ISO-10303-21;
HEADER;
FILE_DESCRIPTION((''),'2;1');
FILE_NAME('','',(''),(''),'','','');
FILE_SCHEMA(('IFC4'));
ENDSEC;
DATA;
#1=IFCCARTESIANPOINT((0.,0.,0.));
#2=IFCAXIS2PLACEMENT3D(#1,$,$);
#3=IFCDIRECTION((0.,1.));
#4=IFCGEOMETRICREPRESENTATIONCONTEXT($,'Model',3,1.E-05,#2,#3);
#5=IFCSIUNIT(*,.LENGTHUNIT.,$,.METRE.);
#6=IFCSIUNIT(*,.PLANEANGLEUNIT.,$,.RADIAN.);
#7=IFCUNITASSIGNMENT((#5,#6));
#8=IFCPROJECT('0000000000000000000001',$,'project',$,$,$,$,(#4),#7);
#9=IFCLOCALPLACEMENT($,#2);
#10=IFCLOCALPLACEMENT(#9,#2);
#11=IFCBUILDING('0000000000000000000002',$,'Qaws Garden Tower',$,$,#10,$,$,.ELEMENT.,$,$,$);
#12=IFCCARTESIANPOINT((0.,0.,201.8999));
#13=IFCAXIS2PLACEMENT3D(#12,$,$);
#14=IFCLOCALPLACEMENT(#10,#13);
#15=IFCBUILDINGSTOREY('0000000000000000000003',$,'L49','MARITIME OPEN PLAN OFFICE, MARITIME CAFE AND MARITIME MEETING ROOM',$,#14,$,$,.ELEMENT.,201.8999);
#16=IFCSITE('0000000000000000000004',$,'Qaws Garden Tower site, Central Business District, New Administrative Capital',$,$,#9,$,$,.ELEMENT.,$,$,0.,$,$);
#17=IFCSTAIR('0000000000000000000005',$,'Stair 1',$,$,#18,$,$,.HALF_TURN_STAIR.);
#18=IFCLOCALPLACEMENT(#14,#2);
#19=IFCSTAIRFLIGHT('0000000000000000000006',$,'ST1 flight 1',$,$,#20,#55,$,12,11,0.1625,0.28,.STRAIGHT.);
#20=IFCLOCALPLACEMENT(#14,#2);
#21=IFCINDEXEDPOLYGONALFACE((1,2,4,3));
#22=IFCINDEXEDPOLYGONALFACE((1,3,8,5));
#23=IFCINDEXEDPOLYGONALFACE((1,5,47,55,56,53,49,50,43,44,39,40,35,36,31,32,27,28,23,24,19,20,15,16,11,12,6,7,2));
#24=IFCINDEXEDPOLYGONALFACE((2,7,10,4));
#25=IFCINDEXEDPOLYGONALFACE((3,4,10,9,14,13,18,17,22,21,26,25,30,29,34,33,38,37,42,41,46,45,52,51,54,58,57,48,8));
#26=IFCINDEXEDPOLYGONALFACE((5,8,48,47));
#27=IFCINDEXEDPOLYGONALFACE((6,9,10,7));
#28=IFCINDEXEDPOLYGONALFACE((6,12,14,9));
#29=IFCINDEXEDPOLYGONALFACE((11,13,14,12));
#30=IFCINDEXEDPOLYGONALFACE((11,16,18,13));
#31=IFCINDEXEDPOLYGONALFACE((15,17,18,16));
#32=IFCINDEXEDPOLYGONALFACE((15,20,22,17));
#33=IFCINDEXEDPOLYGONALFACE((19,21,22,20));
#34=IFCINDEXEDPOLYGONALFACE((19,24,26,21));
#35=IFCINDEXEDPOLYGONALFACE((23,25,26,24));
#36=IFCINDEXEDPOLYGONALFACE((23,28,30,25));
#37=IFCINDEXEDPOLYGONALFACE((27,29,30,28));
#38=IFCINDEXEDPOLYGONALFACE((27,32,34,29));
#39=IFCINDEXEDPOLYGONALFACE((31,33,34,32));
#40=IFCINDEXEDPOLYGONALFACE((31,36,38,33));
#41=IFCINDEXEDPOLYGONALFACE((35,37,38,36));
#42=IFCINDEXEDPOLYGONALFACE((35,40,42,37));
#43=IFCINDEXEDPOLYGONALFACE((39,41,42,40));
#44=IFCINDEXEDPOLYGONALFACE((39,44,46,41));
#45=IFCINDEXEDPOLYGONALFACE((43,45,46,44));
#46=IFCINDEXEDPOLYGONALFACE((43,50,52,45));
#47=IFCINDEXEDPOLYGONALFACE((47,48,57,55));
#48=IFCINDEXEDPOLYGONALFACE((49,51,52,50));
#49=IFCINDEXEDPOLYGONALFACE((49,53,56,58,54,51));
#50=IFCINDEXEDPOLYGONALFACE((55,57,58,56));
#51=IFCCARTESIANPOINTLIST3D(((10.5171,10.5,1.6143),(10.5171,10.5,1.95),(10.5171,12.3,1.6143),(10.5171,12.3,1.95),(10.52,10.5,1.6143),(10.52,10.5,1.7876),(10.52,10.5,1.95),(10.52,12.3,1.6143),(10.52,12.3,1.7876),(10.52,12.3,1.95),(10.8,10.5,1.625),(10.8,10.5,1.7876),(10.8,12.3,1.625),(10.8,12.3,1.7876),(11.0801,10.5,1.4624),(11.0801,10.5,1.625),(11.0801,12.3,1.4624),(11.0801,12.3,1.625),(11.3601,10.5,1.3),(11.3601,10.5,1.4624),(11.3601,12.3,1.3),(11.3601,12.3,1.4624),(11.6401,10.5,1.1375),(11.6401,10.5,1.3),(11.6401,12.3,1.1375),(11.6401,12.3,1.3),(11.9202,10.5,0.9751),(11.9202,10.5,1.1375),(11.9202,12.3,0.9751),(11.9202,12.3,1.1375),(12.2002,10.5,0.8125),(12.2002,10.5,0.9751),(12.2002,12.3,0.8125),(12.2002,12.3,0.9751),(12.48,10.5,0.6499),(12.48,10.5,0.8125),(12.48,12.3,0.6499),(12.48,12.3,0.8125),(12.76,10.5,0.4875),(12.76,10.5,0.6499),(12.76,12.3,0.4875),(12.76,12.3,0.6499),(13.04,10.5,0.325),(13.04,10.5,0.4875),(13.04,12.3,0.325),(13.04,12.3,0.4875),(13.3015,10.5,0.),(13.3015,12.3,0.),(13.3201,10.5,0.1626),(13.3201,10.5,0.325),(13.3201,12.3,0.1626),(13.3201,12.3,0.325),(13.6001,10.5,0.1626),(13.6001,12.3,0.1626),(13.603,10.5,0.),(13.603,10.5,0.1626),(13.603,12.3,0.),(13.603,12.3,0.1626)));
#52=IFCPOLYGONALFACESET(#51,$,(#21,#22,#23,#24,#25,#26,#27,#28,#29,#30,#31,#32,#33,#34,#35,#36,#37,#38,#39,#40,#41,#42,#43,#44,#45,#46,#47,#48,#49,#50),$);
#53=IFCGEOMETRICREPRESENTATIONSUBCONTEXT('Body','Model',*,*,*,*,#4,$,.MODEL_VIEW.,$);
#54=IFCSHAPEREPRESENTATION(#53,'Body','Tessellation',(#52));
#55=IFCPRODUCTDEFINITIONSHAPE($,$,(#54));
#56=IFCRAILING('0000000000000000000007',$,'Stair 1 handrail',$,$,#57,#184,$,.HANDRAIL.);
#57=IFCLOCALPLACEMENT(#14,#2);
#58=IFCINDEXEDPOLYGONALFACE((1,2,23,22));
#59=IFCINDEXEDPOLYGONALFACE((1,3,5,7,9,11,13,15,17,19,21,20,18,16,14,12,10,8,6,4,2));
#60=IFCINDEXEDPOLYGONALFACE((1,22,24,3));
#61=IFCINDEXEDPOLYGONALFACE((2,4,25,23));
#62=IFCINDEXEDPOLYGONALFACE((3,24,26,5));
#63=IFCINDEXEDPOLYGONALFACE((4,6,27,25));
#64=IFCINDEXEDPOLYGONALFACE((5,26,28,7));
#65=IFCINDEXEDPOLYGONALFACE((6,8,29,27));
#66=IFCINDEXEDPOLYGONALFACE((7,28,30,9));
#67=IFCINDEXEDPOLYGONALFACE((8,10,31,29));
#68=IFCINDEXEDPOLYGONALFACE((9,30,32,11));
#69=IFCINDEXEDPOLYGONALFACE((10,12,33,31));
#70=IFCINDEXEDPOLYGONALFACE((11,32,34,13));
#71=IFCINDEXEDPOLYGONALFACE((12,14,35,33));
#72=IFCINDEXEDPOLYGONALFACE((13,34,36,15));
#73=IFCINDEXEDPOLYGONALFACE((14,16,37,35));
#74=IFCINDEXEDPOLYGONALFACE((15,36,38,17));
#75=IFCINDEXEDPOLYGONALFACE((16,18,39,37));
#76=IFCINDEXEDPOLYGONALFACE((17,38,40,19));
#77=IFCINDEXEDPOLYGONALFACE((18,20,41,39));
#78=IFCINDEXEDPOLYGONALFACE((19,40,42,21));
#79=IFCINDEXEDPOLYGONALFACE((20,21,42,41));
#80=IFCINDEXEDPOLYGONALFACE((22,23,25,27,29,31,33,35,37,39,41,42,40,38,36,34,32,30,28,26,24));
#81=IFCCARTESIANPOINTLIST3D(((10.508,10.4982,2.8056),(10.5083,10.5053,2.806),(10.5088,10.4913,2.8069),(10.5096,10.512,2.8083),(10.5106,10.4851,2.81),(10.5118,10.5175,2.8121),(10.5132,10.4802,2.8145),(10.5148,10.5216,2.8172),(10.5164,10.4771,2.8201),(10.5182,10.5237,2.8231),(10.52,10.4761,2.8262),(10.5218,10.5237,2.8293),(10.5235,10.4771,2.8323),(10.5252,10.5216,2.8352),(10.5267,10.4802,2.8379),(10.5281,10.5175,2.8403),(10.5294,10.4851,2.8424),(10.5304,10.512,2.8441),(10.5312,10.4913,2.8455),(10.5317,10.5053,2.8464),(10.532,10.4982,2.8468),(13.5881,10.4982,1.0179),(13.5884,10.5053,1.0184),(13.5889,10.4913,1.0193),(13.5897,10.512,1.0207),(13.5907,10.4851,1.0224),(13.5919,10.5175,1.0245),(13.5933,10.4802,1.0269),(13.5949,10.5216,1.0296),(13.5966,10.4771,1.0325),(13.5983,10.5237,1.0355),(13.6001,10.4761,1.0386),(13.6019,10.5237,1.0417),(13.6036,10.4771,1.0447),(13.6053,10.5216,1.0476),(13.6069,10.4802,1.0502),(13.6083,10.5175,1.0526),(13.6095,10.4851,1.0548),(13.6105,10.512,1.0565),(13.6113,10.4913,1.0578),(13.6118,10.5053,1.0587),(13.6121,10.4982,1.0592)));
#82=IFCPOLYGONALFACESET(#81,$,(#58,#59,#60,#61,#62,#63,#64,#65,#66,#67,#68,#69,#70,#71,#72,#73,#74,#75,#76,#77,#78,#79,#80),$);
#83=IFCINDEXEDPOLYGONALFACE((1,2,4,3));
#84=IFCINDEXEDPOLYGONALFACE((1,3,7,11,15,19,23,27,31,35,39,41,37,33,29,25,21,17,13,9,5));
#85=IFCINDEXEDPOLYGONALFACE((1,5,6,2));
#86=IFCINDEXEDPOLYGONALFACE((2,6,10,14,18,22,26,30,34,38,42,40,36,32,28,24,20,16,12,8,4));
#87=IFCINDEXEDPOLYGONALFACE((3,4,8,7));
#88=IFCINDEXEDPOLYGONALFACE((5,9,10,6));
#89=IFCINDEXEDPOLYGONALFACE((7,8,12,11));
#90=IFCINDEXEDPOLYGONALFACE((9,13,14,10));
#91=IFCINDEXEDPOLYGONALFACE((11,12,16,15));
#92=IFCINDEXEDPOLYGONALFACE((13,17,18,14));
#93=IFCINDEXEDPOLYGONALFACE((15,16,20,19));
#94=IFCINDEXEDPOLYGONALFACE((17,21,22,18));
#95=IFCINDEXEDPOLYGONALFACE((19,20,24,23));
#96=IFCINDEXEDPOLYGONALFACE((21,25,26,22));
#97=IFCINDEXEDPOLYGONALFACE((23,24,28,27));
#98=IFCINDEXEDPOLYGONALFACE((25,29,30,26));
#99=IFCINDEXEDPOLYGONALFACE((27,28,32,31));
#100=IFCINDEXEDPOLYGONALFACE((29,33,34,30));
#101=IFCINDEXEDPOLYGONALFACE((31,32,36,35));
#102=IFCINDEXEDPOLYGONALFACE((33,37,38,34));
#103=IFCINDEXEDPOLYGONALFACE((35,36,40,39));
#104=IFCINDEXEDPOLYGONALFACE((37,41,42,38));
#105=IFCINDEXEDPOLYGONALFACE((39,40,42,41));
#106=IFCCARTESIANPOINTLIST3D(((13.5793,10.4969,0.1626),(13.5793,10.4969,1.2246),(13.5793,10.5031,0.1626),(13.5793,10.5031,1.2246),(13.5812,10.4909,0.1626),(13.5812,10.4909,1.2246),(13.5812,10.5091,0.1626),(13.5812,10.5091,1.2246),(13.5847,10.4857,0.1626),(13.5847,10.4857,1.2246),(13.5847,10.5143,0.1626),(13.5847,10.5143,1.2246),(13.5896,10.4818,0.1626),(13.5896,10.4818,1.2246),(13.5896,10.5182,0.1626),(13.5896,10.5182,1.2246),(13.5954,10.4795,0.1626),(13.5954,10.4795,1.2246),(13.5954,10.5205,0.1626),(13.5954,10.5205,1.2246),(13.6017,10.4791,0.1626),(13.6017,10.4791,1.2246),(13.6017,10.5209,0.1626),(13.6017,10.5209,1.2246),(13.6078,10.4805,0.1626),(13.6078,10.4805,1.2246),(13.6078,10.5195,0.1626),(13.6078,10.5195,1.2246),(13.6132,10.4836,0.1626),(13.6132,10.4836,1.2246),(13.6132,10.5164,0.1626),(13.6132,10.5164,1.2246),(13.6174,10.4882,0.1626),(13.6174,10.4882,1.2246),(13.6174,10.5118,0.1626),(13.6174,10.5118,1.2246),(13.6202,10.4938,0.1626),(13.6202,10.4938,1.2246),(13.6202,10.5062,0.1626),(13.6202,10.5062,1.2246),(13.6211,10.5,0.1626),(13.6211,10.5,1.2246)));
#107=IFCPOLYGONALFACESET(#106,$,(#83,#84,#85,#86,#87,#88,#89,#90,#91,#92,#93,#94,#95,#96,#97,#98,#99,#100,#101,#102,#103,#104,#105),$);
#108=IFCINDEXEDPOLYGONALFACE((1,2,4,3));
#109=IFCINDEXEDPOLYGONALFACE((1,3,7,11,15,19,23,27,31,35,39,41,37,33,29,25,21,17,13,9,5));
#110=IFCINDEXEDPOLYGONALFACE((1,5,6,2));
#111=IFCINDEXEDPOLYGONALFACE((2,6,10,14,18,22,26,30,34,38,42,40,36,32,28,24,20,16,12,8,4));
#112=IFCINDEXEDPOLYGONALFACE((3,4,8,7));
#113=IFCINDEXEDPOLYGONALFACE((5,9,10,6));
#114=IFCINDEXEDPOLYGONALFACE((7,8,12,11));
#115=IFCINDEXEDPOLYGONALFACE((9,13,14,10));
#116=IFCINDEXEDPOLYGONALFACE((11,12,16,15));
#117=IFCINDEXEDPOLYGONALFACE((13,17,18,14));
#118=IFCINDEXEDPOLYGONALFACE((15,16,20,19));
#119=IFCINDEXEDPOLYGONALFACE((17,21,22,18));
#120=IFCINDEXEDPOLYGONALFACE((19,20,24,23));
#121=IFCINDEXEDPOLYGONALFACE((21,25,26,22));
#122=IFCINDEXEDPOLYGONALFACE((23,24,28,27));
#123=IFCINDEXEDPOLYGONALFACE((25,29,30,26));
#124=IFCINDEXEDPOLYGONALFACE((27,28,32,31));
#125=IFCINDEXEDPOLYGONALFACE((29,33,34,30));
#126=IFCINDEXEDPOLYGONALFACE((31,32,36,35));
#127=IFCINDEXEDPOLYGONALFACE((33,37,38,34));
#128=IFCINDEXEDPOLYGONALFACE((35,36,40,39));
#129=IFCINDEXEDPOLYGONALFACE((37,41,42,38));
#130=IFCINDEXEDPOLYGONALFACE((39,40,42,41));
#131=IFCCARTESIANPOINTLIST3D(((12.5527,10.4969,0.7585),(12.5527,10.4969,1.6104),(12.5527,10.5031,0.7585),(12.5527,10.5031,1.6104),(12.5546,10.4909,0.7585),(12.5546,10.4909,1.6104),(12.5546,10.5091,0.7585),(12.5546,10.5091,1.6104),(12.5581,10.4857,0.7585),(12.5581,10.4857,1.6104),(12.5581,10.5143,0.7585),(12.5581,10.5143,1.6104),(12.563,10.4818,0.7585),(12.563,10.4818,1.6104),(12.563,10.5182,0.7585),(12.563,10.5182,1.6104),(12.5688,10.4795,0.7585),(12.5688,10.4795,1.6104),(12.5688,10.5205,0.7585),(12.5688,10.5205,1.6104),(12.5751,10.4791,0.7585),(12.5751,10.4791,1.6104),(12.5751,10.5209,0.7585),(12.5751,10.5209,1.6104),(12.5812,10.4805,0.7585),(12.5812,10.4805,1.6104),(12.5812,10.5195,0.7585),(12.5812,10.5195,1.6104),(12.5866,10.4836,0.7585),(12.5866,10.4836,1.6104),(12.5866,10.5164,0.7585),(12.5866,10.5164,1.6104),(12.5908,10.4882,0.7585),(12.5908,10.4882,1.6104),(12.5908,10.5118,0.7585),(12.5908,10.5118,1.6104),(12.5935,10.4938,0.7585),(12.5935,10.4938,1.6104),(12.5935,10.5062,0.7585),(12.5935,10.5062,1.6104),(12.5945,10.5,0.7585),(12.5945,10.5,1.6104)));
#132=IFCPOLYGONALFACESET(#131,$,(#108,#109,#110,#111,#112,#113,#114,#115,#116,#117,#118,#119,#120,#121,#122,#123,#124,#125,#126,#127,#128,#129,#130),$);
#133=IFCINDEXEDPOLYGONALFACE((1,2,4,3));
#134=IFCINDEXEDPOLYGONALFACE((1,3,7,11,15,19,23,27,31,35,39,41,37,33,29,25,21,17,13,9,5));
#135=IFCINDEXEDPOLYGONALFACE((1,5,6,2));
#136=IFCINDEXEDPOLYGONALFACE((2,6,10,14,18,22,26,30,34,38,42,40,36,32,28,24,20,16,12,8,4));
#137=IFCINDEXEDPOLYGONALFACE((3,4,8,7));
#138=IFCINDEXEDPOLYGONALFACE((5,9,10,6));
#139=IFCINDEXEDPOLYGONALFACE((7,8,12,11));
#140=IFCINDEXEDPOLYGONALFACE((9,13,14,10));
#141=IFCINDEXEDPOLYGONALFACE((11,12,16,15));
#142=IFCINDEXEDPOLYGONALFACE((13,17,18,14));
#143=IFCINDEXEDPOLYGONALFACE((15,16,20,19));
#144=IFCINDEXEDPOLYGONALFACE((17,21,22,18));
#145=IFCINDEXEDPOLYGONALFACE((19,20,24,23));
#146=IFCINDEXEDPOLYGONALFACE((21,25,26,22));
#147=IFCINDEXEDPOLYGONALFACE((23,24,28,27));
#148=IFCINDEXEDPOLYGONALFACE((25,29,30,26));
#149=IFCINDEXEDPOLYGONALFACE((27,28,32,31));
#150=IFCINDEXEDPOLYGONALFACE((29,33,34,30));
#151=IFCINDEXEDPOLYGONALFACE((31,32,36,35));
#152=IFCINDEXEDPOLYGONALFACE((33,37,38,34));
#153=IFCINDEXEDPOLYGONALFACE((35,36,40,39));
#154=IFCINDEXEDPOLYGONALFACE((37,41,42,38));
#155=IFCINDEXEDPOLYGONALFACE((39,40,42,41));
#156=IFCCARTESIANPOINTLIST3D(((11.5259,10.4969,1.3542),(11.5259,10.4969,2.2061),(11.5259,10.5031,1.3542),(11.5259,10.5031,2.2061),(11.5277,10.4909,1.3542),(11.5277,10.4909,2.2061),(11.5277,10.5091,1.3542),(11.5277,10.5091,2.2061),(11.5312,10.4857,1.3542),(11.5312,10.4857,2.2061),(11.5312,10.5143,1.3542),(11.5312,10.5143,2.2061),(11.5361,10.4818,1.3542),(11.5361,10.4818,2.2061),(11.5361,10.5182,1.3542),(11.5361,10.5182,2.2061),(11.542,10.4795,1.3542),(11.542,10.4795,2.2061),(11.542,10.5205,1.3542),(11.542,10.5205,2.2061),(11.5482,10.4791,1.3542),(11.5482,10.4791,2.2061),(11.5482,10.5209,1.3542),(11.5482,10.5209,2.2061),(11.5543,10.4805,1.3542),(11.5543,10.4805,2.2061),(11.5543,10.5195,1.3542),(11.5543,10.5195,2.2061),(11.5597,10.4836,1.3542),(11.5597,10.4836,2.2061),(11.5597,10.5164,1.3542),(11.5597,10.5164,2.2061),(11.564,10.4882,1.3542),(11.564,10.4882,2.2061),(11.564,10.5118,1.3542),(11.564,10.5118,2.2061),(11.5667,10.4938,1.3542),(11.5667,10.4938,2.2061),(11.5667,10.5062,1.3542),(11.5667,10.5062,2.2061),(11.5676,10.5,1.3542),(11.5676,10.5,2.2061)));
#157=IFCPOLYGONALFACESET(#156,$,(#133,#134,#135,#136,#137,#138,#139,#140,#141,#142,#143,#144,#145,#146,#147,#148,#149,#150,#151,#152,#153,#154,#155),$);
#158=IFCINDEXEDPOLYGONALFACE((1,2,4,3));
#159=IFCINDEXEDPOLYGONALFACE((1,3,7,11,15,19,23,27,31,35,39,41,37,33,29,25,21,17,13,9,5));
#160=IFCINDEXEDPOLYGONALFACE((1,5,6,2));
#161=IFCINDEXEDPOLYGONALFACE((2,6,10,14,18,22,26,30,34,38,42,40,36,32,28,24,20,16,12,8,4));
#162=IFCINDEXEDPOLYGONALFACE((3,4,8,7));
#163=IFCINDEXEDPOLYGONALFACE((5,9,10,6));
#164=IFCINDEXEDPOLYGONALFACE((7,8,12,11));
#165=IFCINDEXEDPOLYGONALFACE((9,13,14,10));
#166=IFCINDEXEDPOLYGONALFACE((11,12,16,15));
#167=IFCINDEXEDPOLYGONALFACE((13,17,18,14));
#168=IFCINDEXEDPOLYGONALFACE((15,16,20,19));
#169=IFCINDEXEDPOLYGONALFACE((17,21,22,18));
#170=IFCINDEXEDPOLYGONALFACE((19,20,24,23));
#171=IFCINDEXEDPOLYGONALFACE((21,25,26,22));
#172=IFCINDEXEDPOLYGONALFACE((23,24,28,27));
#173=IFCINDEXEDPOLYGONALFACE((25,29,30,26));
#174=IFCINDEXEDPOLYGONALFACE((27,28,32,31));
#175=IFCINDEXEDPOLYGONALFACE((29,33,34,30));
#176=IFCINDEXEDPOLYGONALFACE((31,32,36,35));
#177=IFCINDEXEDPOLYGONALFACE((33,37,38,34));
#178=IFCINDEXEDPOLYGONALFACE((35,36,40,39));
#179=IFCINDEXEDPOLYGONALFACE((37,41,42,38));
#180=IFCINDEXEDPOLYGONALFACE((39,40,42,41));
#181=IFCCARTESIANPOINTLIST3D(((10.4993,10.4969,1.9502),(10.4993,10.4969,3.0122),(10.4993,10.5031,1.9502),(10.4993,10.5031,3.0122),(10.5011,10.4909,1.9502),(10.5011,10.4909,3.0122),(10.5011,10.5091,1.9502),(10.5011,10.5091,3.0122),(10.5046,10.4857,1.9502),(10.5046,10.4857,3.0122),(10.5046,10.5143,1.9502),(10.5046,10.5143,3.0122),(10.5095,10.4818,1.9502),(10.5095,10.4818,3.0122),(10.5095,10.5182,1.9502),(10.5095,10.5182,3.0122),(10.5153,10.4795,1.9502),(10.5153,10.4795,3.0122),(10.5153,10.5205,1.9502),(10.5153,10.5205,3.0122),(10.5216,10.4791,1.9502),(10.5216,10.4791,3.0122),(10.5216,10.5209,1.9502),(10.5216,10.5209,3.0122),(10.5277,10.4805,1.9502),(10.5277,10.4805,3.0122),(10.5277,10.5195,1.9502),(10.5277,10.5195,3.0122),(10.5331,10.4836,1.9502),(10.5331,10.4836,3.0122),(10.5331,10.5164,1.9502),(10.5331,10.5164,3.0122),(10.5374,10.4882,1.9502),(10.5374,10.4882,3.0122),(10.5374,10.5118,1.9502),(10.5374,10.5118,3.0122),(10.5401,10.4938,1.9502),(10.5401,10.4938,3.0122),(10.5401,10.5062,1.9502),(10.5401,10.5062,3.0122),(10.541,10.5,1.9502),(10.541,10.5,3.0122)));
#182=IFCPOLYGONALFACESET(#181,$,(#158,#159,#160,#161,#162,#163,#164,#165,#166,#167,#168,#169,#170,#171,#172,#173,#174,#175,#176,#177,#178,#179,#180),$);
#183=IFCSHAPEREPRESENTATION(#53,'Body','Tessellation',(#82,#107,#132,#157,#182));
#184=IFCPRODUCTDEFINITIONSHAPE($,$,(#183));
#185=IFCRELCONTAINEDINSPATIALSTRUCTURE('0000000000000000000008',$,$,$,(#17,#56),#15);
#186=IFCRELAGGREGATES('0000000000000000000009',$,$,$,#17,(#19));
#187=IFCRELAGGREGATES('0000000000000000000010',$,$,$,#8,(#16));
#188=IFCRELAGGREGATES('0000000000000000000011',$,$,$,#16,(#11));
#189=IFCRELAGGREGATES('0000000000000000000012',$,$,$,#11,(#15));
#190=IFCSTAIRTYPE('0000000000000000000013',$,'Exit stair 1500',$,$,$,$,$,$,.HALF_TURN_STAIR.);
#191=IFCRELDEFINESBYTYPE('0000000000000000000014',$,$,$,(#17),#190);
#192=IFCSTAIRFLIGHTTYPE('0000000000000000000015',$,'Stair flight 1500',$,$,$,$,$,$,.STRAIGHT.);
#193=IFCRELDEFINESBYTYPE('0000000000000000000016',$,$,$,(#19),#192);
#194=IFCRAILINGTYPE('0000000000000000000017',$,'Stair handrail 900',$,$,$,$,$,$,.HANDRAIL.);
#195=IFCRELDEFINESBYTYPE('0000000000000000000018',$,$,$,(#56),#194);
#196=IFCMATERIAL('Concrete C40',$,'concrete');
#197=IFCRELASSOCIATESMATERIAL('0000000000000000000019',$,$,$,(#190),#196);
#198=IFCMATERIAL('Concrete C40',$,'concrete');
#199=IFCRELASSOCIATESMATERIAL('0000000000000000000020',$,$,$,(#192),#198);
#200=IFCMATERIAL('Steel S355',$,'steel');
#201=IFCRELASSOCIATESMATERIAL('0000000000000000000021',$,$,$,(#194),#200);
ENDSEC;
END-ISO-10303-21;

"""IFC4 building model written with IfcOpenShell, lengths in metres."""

from ifc_helpers import new_model, si_unit, direction, frame, origin, origin_2d, place, context, subcontext, project, spatial, polyline, circle, outline, extrude, material, type_object, element, aggregate, save


model = new_model("IFC4")

# Units and contexts
model_context = context("Model", 3, precision=1e-05, world=origin(), true_north=direction((0.0, 1.0)))
body_context = subcontext(model_context, "Body", "Model", "MODEL_VIEW")
ifc_project = project(units=[si_unit("LENGTHUNIT", "METRE"), si_unit("PLANEANGLEUNIT", "RADIAN")], contexts=[model_context])

# Site, building, storey
site_placement = place(None, origin())
site = spatial("IfcSite", under=ifc_project, at=site_placement, Name="Qaws Garden Tower site, Central Business District, New Administrative Capital", CompositionType="ELEMENT", RefElevation=0.0)
building_placement = place(site_placement, origin())
building = spatial("IfcBuilding", under=site, at=building_placement, Name="Qaws Garden Tower", CompositionType="ELEMENT")
storey_placement = place(building_placement, frame((0.0, 0.0, 201.8999)))
storey = spatial("IfcBuildingStorey", under=building, at=storey_placement, Name="L49", Description="MARITIME OPEN PLAN OFFICE, MARITIME CAFE AND MARITIME MEETING ROOM", CompositionType="ELEMENT", Elevation=201.8999)

# Stair, stair flight
ifc_material_1 = material(Name="Concrete C40", Category="concrete")
stair_type = type_object("IfcStairType", Name="Exit stair 1500", PredefinedType="HALF_TURN_STAIR", material=ifc_material_1)
stair_placement = place(storey_placement, origin())
stair = element("IfcStair", 1, at=stair_placement, inside=storey, type_object=stair_type, Name="Stair 1", PredefinedType="HALF_TURN_STAIR")
ifc_material_2 = material(Name="Concrete C40", Category="concrete")
stair_flight_type = type_object("IfcStairFlightType", Name="Stair flight 1500", PredefinedType="STRAIGHT", material=ifc_material_2)
stair_flight_placement = place(storey_placement, frame((13.6001, 11.3999, 0.0), z_axis=(0.0, 0.0, 1.0), x_axis=(-1.0, 0.0, 0.0)))
stair_flight = element("IfcStairFlight", 2, at=stair_flight_placement, type_object=stair_flight_type, Name="ST1 flight 1", NumberOfRisers=12, NumberOfTreads=11, PredefinedType="STRAIGHT", RiserHeight=0.1625, TreadLength=0.28, context=body_context, shape_type="SweptSolid", body=[
    extrude(outline(polyline([(-0.0029, 0.0), (-0.0029, 0.1626), (0.0, 0.1626), (0.28, 0.1626), (0.28, 0.325), (0.5601, 0.325), (0.5601, 0.4875), (0.8401, 0.4875), (0.8401, 0.6499), (1.1201, 0.6499), (1.1201, 0.8125), (1.3999, 0.8125), (1.3999, 0.9751), (1.6799, 0.9751), (1.6799, 1.1375), (1.96, 1.1375), (1.96, 1.3), (2.24, 1.3), (2.24, 1.4624), (2.52, 1.4624), (2.52, 1.625), (2.8, 1.625), (2.8, 1.7876), (3.0801, 1.7876), (3.0801, 1.95), (3.083, 1.95), (3.083, 1.6143), (3.0801, 1.6143), (0.2986, 0.0), (-0.0029, 0.0)])), frame((0.0, 0.8999, 0.0), z_axis=(0.0, -1.0, 0.0), x_axis=(1.0, 0.0, 0.0)), (0.0, 0.0, 1.0), 1.8),
])
aggregate(stair, [stair_flight])

# Railing
ifc_material_3 = material(Name="Steel S355", Category="steel")
railing_type = type_object("IfcRailingType", Name="Stair handrail 900", PredefinedType="HANDRAIL", material=ifc_material_3)
railing_1_placement = place(storey_placement, frame((13.6001, 10.5, 0.1626)))
element("IfcRailing", 3, at=railing_1_placement, inside=storey, type_object=railing_type, Name="Stair 1 handrail", PredefinedType="HANDRAIL", context=body_context, shape_type="SweptSolid", body=[
    extrude(circle(Radius=0.0239, at=origin_2d()), frame((0.0, 0.0, 0.876), z_axis=(-0.864891, 0.0, 0.50196), x_axis=(0.0, -1.0, 0.0)), (0.0, 0.0, 1.0), 3.5613),
    extrude(circle(Radius=0.021, at=origin_2d()), origin(), (0.0, 0.0, 1.0), 1.062),
    extrude(circle(Radius=0.021, at=origin_2d()), frame((-1.0266, 0.0, 0.5959)), (0.0, 0.0, 1.0), 0.8518),
    extrude(circle(Radius=0.021, at=origin_2d()), frame((-2.0535, 0.0, 1.1917)), (0.0, 0.0, 1.0), 0.8518),
    extrude(circle(Radius=0.021, at=origin_2d()), frame((-3.0801, 0.0, 1.7876)), (0.0, 0.0, 1.0), 1.062),
])

save(model, "model.ifc")
